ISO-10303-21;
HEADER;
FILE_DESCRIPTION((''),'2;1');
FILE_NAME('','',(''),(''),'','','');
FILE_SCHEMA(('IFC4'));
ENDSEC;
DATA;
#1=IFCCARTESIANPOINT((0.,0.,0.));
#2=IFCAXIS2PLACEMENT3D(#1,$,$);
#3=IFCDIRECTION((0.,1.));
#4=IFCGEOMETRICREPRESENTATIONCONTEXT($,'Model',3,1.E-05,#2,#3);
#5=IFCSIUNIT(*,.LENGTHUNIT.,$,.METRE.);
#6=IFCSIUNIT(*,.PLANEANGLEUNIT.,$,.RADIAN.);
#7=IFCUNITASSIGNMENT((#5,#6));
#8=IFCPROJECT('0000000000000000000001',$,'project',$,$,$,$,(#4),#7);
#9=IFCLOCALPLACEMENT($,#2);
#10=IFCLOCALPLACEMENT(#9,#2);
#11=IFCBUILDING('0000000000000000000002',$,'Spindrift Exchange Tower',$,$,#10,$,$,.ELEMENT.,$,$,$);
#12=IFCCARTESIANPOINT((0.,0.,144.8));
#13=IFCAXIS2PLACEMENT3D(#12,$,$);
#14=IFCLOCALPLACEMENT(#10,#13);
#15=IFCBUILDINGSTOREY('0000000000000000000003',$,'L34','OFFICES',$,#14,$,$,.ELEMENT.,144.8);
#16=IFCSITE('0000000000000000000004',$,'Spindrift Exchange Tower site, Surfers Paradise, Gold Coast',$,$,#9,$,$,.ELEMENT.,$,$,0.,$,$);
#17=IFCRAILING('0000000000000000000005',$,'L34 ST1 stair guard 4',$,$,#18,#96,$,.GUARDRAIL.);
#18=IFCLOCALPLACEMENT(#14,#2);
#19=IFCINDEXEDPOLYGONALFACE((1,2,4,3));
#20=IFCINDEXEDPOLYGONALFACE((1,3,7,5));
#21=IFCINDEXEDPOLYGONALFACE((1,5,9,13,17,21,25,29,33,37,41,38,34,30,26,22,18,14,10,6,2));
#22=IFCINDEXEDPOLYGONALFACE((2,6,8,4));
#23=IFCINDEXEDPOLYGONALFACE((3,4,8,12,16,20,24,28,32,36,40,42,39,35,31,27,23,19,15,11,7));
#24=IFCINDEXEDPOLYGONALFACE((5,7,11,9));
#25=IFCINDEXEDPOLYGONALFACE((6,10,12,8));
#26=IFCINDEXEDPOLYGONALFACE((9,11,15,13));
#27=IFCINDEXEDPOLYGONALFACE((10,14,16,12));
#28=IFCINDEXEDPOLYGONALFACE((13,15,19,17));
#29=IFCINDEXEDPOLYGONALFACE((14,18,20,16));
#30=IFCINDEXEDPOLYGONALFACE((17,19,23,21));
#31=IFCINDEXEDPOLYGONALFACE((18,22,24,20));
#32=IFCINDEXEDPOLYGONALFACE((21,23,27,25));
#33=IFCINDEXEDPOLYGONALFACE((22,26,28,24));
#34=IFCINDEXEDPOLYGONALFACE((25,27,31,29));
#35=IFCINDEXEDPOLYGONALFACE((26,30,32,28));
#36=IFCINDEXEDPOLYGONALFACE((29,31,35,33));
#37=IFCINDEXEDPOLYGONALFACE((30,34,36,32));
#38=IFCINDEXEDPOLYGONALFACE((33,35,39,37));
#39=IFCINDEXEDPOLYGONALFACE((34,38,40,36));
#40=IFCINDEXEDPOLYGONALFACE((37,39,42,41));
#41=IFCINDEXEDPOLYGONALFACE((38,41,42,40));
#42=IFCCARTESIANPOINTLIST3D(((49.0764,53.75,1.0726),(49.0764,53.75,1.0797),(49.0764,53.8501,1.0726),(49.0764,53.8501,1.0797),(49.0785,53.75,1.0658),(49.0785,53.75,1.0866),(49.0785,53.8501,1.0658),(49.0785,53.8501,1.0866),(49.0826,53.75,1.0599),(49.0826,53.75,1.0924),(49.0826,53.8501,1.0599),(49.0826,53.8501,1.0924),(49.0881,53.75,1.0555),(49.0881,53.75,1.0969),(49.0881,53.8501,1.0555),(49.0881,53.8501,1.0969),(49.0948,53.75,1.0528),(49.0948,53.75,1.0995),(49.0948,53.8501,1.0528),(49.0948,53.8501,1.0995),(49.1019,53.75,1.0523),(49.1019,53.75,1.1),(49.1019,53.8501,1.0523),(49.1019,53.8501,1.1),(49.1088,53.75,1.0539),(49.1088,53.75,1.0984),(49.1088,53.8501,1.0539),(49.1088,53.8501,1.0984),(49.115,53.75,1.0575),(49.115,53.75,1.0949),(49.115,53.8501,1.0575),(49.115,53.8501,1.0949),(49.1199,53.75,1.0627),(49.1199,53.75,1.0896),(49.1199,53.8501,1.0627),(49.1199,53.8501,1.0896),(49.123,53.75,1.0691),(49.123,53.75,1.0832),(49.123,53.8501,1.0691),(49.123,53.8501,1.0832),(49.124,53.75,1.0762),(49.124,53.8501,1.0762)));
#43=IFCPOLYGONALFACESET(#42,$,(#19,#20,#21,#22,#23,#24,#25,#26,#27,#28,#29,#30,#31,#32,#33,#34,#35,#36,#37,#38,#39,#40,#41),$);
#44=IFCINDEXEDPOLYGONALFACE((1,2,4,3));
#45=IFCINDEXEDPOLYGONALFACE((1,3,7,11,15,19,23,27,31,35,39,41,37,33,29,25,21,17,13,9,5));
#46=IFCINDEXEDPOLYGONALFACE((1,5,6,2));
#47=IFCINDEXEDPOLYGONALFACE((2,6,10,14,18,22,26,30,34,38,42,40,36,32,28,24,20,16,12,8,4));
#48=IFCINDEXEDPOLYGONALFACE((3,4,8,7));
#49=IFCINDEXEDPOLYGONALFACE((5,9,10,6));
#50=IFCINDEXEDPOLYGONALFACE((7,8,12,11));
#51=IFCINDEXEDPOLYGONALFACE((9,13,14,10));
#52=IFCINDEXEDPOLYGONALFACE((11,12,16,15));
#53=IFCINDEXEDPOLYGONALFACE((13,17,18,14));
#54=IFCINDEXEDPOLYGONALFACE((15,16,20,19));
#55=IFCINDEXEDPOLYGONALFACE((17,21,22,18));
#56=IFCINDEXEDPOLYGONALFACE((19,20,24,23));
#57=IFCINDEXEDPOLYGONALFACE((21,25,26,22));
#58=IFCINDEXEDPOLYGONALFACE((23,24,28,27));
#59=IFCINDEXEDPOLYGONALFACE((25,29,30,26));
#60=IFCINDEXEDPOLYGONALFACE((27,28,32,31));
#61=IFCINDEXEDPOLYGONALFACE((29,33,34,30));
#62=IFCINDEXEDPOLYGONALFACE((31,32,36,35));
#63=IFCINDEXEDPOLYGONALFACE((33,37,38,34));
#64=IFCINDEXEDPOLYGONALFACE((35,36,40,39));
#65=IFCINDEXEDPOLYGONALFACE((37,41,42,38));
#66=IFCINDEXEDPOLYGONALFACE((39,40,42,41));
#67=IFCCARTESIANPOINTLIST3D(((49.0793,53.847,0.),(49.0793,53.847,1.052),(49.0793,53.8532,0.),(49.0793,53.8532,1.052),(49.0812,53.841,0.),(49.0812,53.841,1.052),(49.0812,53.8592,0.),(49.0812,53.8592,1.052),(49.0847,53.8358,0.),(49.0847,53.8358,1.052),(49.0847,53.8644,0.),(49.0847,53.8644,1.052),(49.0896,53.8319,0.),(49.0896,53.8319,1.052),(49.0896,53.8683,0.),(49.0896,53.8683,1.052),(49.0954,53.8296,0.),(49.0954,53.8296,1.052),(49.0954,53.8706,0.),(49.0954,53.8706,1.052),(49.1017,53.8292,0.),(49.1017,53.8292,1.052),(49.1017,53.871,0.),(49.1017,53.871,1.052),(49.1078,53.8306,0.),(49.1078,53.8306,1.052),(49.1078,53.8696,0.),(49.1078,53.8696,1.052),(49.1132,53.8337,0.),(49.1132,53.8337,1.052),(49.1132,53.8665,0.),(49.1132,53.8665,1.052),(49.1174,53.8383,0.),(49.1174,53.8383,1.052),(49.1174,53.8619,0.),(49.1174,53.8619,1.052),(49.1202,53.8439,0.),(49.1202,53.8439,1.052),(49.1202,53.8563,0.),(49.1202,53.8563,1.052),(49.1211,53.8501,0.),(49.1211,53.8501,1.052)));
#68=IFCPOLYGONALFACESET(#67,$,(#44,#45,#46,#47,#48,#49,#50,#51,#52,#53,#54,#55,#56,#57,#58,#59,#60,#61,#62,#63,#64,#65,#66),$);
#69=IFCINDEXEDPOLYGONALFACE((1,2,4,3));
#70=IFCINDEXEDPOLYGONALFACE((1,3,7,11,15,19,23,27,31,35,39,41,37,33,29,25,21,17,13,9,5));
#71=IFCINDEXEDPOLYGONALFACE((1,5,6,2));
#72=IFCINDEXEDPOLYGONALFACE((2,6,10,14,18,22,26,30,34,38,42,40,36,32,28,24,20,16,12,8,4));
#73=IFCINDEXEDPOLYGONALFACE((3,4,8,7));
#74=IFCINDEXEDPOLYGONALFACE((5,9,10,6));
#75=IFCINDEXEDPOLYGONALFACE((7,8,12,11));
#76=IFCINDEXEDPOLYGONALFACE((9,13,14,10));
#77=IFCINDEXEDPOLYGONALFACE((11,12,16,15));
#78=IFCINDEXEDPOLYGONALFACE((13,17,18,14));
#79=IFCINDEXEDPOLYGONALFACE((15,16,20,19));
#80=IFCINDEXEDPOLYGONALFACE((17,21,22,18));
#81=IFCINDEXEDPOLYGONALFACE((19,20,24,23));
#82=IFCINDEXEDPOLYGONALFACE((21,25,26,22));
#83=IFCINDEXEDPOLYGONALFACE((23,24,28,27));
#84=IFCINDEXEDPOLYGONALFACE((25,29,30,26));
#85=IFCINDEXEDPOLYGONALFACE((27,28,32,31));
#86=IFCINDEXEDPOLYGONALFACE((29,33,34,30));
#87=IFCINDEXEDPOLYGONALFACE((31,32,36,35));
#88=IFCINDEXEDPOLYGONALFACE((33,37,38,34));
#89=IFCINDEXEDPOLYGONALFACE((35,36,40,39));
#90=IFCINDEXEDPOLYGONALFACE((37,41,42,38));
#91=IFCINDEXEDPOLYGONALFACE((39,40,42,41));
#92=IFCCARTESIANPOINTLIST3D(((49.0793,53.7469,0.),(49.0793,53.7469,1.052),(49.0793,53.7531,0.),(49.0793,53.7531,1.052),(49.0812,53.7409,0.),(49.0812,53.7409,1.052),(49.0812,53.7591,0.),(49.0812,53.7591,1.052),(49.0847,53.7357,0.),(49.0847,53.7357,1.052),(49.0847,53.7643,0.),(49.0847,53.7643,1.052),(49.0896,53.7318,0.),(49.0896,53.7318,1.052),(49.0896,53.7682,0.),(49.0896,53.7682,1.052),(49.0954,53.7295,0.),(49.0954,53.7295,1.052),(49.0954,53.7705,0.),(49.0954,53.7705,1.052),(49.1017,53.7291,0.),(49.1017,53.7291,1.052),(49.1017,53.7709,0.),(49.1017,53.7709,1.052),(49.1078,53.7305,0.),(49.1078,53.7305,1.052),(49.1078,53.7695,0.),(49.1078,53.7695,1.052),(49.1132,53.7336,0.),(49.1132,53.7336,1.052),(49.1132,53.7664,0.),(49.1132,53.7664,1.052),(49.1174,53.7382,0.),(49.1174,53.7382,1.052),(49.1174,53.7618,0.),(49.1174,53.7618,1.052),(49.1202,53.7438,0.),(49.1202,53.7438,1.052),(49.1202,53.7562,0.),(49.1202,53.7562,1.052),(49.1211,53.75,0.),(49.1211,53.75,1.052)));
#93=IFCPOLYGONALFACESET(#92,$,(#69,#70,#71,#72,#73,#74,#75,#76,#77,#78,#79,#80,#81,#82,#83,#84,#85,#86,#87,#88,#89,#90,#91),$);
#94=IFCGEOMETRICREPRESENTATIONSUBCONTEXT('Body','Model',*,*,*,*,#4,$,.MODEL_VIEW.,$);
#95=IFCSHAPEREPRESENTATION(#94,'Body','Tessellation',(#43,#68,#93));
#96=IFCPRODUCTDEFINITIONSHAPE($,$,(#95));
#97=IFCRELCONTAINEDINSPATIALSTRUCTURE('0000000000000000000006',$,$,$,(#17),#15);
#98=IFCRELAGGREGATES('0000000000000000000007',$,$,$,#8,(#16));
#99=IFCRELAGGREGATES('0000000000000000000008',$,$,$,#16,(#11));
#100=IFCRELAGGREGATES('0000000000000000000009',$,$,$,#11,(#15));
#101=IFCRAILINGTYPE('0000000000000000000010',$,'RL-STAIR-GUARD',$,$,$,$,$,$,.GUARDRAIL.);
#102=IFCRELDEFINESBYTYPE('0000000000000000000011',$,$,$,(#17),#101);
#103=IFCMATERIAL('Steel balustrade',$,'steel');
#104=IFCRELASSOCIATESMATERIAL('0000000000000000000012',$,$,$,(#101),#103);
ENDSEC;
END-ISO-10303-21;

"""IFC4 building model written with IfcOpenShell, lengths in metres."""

from ifc_helpers import new_model, si_unit, direction, frame, origin, origin_2d, place, context, subcontext, project, spatial, circle, extrude, material, type_object, element, save


model = new_model("IFC4")

# Units and contexts
model_context = context("Model", 3, precision=1e-05, world=origin(), true_north=direction((0.0, 1.0)))
body_context = subcontext(model_context, "Body", "Model", "MODEL_VIEW")
ifc_project = project(units=[si_unit("LENGTHUNIT", "METRE"), si_unit("PLANEANGLEUNIT", "RADIAN")], contexts=[model_context])

# Site, building, storey
site_placement = place(None, origin())
site = spatial("IfcSite", under=ifc_project, at=site_placement, Name="Spindrift Exchange Tower site, Surfers Paradise, Gold Coast", CompositionType="ELEMENT", RefElevation=0.0)
building_placement = place(site_placement, origin())
building = spatial("IfcBuilding", under=site, at=building_placement, Name="Spindrift Exchange Tower", CompositionType="ELEMENT")
storey_placement = place(building_placement, frame((0.0, 0.0, 144.8)))
storey = spatial("IfcBuildingStorey", under=building, at=storey_placement, Name="L34", Description="OFFICES", CompositionType="ELEMENT", Elevation=144.8)

# Railing
ifc_material_1 = material(Name="Steel balustrade", Category="steel")
railing_type_1 = type_object("IfcRailingType", Name="RL-STAIR-GUARD", PredefinedType="GUARDRAIL", material=ifc_material_1)
railing_1_placement = place(storey_placement, frame((49.1001, 53.8501, 0.0)))
element("IfcRailing", 1, at=railing_1_placement, inside=storey, type_object=railing_type_1, Name="L34 ST1 stair guard 4", PredefinedType="GUARDRAIL", context=body_context, shape_type="SweptSolid", body=[
    extrude(circle(Radius=0.0239, at=origin_2d()), frame((0.0, 0.0, 1.0762), z_axis=(0.0, -1.0, 0.0), x_axis=(1.0, 0.0, 0.0)), (0.0, 0.0, 1.0), 0.1001),
    extrude(circle(Radius=0.021, at=origin_2d()), origin(), (0.0, 0.0, 1.0), 1.052),
    extrude(circle(Radius=0.021, at=origin_2d()), frame((0.0, -0.1001, 0.0)), (0.0, 0.0, 1.0), 1.052),
])

save(model, "model.ifc")
